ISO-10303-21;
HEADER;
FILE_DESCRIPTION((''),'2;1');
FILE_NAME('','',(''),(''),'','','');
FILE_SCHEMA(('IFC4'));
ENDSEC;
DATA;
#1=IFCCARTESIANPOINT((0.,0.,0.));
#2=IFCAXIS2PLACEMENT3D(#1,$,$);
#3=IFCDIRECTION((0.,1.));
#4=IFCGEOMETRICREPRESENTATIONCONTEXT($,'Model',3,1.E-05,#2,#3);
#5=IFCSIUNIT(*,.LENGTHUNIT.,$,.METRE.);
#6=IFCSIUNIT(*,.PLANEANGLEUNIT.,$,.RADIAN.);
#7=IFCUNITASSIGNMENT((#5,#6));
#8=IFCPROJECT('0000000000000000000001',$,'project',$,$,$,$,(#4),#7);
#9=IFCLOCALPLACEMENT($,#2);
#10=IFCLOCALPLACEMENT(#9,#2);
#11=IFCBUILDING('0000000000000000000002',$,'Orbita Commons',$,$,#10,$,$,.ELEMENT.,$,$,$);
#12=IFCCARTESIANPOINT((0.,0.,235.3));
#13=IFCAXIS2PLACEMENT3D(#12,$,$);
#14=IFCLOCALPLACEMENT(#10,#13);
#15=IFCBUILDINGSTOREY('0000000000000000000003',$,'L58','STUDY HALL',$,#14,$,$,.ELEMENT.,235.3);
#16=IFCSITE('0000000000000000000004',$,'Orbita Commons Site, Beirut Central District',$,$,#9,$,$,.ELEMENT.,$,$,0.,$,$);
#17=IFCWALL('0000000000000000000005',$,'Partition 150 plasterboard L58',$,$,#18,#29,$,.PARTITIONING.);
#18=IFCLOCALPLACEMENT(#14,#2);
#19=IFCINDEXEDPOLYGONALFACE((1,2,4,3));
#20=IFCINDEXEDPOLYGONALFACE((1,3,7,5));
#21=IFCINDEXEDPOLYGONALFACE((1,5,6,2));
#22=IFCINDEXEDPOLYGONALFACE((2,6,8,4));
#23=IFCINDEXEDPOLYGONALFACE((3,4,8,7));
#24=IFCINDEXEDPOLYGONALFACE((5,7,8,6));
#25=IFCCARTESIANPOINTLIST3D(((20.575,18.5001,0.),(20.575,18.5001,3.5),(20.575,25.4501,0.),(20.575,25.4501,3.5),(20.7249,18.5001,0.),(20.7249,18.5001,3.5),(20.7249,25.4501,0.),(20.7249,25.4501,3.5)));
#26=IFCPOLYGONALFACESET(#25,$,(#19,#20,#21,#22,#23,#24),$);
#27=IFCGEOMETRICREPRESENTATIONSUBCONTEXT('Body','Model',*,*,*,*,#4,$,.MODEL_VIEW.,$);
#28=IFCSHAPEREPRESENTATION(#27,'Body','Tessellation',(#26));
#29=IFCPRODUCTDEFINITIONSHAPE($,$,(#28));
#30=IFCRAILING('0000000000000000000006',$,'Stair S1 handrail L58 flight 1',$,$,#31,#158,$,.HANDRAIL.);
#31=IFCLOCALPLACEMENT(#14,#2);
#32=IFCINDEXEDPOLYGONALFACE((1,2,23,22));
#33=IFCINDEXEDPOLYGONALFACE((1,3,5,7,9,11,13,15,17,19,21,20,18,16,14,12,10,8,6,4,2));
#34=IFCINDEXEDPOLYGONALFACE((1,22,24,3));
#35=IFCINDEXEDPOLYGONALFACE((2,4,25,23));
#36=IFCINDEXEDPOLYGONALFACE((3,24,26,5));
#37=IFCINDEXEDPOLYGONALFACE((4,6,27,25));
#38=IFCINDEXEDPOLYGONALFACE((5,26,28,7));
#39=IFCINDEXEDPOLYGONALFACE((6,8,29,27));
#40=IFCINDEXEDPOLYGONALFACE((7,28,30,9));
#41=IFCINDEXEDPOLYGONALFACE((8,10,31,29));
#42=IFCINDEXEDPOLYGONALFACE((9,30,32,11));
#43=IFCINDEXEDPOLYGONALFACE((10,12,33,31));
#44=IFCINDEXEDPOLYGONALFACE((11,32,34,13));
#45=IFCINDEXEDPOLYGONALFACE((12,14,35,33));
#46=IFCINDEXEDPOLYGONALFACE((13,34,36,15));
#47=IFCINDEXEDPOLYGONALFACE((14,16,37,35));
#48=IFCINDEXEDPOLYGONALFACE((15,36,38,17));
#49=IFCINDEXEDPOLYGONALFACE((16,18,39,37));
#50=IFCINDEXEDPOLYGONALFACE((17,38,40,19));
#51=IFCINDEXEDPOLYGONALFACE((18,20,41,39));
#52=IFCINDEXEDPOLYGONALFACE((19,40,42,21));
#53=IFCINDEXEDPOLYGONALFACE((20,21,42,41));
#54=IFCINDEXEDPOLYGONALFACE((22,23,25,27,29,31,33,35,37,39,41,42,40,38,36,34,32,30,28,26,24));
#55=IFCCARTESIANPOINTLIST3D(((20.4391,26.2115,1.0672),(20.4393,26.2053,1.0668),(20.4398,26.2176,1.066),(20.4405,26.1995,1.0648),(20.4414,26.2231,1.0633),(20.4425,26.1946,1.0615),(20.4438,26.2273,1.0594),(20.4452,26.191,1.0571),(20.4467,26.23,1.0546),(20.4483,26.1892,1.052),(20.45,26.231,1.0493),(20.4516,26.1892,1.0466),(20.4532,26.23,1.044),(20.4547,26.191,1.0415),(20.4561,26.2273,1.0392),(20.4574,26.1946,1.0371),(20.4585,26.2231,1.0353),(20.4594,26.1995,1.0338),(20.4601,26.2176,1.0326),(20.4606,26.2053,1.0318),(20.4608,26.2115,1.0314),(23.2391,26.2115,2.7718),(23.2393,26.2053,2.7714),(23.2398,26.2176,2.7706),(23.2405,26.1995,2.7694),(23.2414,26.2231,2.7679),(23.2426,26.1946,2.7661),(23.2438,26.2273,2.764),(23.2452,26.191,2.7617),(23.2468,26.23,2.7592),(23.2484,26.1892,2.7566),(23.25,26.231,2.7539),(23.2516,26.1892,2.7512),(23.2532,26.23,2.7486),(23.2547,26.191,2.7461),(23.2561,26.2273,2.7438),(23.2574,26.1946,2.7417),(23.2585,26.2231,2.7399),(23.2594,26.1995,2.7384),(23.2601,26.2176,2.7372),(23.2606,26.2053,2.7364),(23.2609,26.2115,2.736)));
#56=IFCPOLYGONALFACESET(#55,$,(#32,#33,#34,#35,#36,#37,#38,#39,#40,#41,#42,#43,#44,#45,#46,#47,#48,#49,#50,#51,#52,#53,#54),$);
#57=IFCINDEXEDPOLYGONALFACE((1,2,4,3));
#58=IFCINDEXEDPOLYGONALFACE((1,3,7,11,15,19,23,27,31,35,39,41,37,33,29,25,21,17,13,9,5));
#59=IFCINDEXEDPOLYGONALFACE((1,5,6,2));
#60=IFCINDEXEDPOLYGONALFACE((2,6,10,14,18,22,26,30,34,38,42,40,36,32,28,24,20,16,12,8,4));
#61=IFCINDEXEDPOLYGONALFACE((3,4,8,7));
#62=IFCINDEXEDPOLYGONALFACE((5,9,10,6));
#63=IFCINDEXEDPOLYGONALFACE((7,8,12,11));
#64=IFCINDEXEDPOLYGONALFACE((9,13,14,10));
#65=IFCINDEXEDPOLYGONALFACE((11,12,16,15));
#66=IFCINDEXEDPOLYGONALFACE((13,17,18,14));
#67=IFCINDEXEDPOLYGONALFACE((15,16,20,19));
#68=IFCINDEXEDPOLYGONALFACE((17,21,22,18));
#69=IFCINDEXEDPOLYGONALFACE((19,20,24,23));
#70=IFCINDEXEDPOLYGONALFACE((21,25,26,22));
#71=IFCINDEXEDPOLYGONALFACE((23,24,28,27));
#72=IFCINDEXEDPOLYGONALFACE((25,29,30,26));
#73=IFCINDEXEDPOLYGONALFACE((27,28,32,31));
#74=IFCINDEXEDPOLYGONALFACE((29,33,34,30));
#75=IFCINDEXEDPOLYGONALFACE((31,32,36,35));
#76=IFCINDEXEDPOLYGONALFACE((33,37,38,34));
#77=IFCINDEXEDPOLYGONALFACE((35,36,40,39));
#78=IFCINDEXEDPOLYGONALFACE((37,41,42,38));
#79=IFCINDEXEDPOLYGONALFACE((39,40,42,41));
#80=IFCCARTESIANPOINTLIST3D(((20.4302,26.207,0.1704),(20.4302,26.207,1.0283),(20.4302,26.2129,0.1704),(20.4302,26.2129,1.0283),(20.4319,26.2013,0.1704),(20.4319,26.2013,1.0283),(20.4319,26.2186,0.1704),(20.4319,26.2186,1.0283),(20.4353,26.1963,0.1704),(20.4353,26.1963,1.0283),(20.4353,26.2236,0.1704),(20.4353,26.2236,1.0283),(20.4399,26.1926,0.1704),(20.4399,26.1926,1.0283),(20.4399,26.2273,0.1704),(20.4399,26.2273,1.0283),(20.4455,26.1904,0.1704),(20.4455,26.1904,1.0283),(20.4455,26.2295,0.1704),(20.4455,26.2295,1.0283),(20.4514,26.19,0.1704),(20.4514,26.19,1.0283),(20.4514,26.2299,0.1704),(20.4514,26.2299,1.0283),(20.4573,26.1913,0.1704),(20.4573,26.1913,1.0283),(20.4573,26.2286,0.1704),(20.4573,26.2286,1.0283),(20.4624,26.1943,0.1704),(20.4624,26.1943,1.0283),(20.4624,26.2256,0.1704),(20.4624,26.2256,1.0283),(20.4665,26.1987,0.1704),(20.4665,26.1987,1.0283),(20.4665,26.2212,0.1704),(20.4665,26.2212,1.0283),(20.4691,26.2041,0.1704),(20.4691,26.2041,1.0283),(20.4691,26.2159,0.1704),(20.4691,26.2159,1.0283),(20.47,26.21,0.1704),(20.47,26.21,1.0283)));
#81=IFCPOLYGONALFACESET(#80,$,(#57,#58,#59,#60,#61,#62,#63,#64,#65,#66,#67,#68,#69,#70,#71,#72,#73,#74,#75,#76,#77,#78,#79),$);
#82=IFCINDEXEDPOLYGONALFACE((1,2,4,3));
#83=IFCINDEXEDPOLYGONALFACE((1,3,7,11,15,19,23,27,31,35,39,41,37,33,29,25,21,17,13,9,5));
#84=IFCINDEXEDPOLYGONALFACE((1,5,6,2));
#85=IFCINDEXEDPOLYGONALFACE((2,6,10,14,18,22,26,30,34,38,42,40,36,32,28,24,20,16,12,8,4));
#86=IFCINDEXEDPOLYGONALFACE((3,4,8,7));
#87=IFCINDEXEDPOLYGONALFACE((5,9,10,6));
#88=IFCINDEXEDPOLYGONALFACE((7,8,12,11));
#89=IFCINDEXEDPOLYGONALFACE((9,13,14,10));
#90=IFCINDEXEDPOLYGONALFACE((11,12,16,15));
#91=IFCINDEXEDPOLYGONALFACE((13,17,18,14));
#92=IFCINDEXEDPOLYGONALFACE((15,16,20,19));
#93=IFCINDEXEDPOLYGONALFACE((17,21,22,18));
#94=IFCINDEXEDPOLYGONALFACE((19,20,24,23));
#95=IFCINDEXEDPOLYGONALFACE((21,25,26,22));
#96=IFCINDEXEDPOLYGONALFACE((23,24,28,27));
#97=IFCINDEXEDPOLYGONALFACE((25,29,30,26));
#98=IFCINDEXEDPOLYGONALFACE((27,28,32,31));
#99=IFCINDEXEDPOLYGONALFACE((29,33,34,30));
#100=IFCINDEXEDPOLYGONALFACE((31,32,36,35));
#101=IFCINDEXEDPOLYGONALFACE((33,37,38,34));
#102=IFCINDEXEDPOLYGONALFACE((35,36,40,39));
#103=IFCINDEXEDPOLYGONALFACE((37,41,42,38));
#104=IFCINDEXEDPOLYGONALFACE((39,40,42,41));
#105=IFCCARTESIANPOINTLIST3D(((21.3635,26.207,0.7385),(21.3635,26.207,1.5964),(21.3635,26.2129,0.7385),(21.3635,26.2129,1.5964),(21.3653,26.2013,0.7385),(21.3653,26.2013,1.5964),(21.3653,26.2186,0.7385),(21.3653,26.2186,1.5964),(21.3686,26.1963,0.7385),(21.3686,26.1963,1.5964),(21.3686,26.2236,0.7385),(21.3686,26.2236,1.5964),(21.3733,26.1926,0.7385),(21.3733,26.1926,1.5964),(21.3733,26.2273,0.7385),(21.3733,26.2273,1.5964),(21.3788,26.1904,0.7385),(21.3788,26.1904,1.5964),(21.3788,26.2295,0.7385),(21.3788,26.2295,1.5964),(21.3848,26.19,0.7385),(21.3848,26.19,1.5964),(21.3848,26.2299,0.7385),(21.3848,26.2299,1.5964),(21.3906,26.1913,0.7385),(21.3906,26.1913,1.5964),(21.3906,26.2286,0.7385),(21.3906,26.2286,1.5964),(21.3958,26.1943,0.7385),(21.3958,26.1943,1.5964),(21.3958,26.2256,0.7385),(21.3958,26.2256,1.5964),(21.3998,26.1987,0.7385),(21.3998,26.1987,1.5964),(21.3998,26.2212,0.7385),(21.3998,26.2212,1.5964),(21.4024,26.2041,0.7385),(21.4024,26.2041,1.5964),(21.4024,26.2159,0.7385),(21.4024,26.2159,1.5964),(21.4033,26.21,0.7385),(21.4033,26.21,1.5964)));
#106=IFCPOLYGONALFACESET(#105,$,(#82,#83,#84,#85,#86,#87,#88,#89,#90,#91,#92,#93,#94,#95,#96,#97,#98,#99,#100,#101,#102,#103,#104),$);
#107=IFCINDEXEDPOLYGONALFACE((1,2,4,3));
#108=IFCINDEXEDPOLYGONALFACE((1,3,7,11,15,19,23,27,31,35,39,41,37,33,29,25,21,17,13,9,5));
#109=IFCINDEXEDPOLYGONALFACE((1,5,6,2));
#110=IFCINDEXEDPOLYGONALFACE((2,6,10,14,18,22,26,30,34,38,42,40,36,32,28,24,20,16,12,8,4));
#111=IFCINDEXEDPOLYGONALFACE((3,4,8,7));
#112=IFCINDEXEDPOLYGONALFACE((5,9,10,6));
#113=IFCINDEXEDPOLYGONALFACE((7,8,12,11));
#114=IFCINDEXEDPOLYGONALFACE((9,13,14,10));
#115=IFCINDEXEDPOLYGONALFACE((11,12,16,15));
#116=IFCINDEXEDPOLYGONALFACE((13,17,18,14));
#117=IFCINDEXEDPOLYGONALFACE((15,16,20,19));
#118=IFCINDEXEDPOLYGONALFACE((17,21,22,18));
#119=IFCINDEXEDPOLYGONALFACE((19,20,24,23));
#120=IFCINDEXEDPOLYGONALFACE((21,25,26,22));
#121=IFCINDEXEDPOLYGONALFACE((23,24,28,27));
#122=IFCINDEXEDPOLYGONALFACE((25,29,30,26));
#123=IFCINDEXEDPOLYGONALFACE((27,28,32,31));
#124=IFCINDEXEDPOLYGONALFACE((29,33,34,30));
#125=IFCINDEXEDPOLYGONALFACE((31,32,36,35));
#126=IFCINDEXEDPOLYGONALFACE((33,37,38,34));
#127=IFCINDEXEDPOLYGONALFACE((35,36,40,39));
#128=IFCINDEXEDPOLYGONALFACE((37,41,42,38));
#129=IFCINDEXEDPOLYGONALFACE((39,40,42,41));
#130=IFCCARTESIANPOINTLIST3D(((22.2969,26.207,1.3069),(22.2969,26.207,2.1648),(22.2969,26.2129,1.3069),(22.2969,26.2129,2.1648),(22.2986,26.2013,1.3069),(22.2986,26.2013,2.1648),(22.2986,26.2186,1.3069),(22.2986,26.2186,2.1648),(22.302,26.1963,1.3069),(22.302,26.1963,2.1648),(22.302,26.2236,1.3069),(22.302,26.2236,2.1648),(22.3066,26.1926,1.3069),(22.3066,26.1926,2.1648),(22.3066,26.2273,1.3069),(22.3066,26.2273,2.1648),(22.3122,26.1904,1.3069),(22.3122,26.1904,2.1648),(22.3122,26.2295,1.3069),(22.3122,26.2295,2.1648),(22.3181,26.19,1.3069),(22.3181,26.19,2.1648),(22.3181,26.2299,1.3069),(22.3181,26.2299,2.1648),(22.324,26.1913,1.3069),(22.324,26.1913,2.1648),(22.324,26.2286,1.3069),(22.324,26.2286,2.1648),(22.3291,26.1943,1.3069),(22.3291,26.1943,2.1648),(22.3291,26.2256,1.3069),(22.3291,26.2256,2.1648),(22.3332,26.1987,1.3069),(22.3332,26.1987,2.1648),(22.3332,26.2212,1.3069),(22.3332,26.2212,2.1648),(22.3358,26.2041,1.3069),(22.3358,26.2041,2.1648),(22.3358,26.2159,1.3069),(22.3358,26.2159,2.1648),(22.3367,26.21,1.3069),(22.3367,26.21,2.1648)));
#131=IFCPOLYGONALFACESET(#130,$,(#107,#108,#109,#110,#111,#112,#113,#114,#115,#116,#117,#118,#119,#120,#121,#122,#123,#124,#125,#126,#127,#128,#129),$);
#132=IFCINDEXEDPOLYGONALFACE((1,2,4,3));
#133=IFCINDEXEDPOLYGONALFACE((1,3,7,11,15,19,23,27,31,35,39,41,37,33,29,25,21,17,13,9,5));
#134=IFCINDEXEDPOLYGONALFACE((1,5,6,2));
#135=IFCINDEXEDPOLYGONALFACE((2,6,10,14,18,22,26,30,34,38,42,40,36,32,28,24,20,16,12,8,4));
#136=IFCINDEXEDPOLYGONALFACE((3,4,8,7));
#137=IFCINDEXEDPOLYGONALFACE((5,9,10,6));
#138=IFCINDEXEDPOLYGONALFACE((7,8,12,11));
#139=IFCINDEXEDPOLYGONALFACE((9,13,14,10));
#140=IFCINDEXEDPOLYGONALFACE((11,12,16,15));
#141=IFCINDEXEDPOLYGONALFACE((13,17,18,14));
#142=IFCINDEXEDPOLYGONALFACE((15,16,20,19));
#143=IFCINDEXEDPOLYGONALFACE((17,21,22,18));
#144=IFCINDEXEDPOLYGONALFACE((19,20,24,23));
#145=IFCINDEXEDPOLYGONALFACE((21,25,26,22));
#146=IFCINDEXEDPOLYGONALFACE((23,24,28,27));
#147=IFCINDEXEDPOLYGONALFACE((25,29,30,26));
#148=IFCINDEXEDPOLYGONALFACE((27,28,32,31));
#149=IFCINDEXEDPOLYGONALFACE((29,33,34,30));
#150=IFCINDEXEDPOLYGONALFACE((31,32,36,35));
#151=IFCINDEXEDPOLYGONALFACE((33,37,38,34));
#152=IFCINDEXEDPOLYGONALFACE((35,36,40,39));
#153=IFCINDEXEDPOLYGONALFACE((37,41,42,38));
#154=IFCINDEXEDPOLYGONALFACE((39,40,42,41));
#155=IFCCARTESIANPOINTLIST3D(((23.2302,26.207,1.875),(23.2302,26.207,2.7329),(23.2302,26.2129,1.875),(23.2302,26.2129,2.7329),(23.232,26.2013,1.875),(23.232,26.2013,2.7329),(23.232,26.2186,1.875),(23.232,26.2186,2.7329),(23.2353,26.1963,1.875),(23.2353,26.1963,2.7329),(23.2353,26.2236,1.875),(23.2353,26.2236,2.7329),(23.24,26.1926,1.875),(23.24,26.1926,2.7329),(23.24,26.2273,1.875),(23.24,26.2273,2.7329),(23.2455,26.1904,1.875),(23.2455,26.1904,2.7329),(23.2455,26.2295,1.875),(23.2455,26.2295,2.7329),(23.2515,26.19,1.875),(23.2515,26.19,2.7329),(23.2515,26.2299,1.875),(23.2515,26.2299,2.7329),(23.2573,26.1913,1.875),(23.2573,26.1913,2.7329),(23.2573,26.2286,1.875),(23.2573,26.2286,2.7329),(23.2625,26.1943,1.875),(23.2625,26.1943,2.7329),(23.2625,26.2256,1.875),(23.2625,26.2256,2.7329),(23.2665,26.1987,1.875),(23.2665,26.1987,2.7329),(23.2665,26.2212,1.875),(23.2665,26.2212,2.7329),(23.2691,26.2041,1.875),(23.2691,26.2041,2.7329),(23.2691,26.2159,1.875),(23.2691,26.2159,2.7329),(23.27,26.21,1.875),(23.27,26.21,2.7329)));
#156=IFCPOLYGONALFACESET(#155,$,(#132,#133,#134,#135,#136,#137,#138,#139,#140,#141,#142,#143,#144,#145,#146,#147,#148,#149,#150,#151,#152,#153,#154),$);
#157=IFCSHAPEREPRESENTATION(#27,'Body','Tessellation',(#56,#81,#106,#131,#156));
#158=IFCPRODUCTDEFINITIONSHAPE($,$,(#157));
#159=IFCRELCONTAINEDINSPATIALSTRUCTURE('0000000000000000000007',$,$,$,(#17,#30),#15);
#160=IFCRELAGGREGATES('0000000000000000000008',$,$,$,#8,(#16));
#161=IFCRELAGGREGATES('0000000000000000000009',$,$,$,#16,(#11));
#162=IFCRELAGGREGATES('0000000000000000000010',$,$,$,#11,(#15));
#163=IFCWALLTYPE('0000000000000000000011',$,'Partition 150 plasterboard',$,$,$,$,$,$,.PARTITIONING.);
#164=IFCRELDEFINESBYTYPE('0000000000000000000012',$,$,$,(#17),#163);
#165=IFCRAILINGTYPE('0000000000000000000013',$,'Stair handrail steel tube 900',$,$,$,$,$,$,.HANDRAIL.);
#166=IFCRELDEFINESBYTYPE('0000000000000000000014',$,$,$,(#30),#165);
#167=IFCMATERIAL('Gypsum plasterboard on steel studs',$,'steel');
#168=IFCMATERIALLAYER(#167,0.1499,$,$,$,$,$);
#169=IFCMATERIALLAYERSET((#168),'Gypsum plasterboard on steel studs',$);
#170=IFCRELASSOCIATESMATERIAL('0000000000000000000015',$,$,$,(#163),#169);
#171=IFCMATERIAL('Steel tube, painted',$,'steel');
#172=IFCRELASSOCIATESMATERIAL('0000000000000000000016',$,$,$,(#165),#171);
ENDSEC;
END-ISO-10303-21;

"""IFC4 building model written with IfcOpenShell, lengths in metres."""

from ifc_helpers import new_model, si_unit, direction, frame, frame_2d, origin, origin_2d, place, context, subcontext, project, spatial, rectangle, circle, extrude, material, layer, layer_set, type_object, element, save


model = new_model("IFC4")

# Units and contexts
model_context = context("Model", 3, precision=1e-05, world=origin(), true_north=direction((0.0, 1.0)))
body_context = subcontext(model_context, "Body", "Model", "MODEL_VIEW")
ifc_project = project(units=[si_unit("LENGTHUNIT", "METRE"), si_unit("PLANEANGLEUNIT", "RADIAN")], contexts=[model_context])

# Site, building, storey
site_placement = place(None, origin())
site = spatial("IfcSite", under=ifc_project, at=site_placement, Name="Orbita Commons Site, Beirut Central District", CompositionType="ELEMENT", RefElevation=0.0)
building_placement = place(site_placement, origin())
building = spatial("IfcBuilding", under=site, at=building_placement, Name="Orbita Commons", CompositionType="ELEMENT")
storey_placement = place(building_placement, frame((0.0, 0.0, 235.3)))
storey = spatial("IfcBuildingStorey", under=building, at=storey_placement, Name="L58", Description="STUDY HALL", CompositionType="ELEMENT", Elevation=235.3)

# Wall
ifc_material_1 = material(Name="Gypsum plasterboard on steel studs", Category="steel")
ifc_layer_1 = layer(ifc_material_1, 0.1499)
ifc_layer_set_1 = layer_set([ifc_layer_1], Name="Gypsum plasterboard on steel studs")
wall_type_1 = type_object("IfcWallType", Name="Partition 150 plasterboard", PredefinedType="PARTITIONING", material=ifc_layer_set_1)
wall_1_placement = place(storey_placement, frame((20.6499, 18.5, 0.0), z_axis=(0.0, 0.0, 1.0), x_axis=(0.0, 1.0, 0.0)))
element("IfcWall", 1, at=wall_1_placement, inside=storey, type_object=wall_type_1, Name="Partition 150 plasterboard L58", PredefinedType="PARTITIONING", context=body_context, shape_type="SweptSolid", body=[
    extrude(rectangle(XDim=6.95, YDim=0.1499, at=frame_2d((3.4751, 0.0))), origin(), (0.0, 0.0, 1.0), 3.5),
])

# Railing
ifc_material_2 = material(Name="Steel tube, painted", Category="steel")
railing_type = type_object("IfcRailingType", Name="Stair handrail steel tube 900", PredefinedType="HANDRAIL", material=ifc_material_2)
railing_placement = place(storey_placement, frame((20.45, 26.21, 0.1704)))
element("IfcRailing", 2, at=railing_placement, inside=storey, type_object=railing_type, Name="Stair S1 handrail L58 flight 1", PredefinedType="HANDRAIL", context=body_context, shape_type="SweptSolid", body=[
    extrude(circle(Radius=0.021, at=origin_2d()), frame((0.0, 0.0, 0.8789), z_axis=(0.85417, 0.0, 0.519994), x_axis=(0.0, 1.0, 0.0)), (0.0, 0.0, 1.0), 3.2781),
    extrude(circle(Radius=0.02, at=origin_2d()), origin(), (0.0, 0.0, 1.0), 0.8579),
    extrude(circle(Radius=0.02, at=origin_2d()), frame((0.9333, 0.0, 0.5681)), (0.0, 0.0, 1.0), 0.8579),
    extrude(circle(Radius=0.02, at=origin_2d()), frame((1.8667, 0.0, 1.1365)), (0.0, 0.0, 1.0), 0.8579),
    extrude(circle(Radius=0.02, at=origin_2d()), frame((2.8, 0.0, 1.7046)), (0.0, 0.0, 1.0), 0.8579),
])

save(model, "model.ifc")
